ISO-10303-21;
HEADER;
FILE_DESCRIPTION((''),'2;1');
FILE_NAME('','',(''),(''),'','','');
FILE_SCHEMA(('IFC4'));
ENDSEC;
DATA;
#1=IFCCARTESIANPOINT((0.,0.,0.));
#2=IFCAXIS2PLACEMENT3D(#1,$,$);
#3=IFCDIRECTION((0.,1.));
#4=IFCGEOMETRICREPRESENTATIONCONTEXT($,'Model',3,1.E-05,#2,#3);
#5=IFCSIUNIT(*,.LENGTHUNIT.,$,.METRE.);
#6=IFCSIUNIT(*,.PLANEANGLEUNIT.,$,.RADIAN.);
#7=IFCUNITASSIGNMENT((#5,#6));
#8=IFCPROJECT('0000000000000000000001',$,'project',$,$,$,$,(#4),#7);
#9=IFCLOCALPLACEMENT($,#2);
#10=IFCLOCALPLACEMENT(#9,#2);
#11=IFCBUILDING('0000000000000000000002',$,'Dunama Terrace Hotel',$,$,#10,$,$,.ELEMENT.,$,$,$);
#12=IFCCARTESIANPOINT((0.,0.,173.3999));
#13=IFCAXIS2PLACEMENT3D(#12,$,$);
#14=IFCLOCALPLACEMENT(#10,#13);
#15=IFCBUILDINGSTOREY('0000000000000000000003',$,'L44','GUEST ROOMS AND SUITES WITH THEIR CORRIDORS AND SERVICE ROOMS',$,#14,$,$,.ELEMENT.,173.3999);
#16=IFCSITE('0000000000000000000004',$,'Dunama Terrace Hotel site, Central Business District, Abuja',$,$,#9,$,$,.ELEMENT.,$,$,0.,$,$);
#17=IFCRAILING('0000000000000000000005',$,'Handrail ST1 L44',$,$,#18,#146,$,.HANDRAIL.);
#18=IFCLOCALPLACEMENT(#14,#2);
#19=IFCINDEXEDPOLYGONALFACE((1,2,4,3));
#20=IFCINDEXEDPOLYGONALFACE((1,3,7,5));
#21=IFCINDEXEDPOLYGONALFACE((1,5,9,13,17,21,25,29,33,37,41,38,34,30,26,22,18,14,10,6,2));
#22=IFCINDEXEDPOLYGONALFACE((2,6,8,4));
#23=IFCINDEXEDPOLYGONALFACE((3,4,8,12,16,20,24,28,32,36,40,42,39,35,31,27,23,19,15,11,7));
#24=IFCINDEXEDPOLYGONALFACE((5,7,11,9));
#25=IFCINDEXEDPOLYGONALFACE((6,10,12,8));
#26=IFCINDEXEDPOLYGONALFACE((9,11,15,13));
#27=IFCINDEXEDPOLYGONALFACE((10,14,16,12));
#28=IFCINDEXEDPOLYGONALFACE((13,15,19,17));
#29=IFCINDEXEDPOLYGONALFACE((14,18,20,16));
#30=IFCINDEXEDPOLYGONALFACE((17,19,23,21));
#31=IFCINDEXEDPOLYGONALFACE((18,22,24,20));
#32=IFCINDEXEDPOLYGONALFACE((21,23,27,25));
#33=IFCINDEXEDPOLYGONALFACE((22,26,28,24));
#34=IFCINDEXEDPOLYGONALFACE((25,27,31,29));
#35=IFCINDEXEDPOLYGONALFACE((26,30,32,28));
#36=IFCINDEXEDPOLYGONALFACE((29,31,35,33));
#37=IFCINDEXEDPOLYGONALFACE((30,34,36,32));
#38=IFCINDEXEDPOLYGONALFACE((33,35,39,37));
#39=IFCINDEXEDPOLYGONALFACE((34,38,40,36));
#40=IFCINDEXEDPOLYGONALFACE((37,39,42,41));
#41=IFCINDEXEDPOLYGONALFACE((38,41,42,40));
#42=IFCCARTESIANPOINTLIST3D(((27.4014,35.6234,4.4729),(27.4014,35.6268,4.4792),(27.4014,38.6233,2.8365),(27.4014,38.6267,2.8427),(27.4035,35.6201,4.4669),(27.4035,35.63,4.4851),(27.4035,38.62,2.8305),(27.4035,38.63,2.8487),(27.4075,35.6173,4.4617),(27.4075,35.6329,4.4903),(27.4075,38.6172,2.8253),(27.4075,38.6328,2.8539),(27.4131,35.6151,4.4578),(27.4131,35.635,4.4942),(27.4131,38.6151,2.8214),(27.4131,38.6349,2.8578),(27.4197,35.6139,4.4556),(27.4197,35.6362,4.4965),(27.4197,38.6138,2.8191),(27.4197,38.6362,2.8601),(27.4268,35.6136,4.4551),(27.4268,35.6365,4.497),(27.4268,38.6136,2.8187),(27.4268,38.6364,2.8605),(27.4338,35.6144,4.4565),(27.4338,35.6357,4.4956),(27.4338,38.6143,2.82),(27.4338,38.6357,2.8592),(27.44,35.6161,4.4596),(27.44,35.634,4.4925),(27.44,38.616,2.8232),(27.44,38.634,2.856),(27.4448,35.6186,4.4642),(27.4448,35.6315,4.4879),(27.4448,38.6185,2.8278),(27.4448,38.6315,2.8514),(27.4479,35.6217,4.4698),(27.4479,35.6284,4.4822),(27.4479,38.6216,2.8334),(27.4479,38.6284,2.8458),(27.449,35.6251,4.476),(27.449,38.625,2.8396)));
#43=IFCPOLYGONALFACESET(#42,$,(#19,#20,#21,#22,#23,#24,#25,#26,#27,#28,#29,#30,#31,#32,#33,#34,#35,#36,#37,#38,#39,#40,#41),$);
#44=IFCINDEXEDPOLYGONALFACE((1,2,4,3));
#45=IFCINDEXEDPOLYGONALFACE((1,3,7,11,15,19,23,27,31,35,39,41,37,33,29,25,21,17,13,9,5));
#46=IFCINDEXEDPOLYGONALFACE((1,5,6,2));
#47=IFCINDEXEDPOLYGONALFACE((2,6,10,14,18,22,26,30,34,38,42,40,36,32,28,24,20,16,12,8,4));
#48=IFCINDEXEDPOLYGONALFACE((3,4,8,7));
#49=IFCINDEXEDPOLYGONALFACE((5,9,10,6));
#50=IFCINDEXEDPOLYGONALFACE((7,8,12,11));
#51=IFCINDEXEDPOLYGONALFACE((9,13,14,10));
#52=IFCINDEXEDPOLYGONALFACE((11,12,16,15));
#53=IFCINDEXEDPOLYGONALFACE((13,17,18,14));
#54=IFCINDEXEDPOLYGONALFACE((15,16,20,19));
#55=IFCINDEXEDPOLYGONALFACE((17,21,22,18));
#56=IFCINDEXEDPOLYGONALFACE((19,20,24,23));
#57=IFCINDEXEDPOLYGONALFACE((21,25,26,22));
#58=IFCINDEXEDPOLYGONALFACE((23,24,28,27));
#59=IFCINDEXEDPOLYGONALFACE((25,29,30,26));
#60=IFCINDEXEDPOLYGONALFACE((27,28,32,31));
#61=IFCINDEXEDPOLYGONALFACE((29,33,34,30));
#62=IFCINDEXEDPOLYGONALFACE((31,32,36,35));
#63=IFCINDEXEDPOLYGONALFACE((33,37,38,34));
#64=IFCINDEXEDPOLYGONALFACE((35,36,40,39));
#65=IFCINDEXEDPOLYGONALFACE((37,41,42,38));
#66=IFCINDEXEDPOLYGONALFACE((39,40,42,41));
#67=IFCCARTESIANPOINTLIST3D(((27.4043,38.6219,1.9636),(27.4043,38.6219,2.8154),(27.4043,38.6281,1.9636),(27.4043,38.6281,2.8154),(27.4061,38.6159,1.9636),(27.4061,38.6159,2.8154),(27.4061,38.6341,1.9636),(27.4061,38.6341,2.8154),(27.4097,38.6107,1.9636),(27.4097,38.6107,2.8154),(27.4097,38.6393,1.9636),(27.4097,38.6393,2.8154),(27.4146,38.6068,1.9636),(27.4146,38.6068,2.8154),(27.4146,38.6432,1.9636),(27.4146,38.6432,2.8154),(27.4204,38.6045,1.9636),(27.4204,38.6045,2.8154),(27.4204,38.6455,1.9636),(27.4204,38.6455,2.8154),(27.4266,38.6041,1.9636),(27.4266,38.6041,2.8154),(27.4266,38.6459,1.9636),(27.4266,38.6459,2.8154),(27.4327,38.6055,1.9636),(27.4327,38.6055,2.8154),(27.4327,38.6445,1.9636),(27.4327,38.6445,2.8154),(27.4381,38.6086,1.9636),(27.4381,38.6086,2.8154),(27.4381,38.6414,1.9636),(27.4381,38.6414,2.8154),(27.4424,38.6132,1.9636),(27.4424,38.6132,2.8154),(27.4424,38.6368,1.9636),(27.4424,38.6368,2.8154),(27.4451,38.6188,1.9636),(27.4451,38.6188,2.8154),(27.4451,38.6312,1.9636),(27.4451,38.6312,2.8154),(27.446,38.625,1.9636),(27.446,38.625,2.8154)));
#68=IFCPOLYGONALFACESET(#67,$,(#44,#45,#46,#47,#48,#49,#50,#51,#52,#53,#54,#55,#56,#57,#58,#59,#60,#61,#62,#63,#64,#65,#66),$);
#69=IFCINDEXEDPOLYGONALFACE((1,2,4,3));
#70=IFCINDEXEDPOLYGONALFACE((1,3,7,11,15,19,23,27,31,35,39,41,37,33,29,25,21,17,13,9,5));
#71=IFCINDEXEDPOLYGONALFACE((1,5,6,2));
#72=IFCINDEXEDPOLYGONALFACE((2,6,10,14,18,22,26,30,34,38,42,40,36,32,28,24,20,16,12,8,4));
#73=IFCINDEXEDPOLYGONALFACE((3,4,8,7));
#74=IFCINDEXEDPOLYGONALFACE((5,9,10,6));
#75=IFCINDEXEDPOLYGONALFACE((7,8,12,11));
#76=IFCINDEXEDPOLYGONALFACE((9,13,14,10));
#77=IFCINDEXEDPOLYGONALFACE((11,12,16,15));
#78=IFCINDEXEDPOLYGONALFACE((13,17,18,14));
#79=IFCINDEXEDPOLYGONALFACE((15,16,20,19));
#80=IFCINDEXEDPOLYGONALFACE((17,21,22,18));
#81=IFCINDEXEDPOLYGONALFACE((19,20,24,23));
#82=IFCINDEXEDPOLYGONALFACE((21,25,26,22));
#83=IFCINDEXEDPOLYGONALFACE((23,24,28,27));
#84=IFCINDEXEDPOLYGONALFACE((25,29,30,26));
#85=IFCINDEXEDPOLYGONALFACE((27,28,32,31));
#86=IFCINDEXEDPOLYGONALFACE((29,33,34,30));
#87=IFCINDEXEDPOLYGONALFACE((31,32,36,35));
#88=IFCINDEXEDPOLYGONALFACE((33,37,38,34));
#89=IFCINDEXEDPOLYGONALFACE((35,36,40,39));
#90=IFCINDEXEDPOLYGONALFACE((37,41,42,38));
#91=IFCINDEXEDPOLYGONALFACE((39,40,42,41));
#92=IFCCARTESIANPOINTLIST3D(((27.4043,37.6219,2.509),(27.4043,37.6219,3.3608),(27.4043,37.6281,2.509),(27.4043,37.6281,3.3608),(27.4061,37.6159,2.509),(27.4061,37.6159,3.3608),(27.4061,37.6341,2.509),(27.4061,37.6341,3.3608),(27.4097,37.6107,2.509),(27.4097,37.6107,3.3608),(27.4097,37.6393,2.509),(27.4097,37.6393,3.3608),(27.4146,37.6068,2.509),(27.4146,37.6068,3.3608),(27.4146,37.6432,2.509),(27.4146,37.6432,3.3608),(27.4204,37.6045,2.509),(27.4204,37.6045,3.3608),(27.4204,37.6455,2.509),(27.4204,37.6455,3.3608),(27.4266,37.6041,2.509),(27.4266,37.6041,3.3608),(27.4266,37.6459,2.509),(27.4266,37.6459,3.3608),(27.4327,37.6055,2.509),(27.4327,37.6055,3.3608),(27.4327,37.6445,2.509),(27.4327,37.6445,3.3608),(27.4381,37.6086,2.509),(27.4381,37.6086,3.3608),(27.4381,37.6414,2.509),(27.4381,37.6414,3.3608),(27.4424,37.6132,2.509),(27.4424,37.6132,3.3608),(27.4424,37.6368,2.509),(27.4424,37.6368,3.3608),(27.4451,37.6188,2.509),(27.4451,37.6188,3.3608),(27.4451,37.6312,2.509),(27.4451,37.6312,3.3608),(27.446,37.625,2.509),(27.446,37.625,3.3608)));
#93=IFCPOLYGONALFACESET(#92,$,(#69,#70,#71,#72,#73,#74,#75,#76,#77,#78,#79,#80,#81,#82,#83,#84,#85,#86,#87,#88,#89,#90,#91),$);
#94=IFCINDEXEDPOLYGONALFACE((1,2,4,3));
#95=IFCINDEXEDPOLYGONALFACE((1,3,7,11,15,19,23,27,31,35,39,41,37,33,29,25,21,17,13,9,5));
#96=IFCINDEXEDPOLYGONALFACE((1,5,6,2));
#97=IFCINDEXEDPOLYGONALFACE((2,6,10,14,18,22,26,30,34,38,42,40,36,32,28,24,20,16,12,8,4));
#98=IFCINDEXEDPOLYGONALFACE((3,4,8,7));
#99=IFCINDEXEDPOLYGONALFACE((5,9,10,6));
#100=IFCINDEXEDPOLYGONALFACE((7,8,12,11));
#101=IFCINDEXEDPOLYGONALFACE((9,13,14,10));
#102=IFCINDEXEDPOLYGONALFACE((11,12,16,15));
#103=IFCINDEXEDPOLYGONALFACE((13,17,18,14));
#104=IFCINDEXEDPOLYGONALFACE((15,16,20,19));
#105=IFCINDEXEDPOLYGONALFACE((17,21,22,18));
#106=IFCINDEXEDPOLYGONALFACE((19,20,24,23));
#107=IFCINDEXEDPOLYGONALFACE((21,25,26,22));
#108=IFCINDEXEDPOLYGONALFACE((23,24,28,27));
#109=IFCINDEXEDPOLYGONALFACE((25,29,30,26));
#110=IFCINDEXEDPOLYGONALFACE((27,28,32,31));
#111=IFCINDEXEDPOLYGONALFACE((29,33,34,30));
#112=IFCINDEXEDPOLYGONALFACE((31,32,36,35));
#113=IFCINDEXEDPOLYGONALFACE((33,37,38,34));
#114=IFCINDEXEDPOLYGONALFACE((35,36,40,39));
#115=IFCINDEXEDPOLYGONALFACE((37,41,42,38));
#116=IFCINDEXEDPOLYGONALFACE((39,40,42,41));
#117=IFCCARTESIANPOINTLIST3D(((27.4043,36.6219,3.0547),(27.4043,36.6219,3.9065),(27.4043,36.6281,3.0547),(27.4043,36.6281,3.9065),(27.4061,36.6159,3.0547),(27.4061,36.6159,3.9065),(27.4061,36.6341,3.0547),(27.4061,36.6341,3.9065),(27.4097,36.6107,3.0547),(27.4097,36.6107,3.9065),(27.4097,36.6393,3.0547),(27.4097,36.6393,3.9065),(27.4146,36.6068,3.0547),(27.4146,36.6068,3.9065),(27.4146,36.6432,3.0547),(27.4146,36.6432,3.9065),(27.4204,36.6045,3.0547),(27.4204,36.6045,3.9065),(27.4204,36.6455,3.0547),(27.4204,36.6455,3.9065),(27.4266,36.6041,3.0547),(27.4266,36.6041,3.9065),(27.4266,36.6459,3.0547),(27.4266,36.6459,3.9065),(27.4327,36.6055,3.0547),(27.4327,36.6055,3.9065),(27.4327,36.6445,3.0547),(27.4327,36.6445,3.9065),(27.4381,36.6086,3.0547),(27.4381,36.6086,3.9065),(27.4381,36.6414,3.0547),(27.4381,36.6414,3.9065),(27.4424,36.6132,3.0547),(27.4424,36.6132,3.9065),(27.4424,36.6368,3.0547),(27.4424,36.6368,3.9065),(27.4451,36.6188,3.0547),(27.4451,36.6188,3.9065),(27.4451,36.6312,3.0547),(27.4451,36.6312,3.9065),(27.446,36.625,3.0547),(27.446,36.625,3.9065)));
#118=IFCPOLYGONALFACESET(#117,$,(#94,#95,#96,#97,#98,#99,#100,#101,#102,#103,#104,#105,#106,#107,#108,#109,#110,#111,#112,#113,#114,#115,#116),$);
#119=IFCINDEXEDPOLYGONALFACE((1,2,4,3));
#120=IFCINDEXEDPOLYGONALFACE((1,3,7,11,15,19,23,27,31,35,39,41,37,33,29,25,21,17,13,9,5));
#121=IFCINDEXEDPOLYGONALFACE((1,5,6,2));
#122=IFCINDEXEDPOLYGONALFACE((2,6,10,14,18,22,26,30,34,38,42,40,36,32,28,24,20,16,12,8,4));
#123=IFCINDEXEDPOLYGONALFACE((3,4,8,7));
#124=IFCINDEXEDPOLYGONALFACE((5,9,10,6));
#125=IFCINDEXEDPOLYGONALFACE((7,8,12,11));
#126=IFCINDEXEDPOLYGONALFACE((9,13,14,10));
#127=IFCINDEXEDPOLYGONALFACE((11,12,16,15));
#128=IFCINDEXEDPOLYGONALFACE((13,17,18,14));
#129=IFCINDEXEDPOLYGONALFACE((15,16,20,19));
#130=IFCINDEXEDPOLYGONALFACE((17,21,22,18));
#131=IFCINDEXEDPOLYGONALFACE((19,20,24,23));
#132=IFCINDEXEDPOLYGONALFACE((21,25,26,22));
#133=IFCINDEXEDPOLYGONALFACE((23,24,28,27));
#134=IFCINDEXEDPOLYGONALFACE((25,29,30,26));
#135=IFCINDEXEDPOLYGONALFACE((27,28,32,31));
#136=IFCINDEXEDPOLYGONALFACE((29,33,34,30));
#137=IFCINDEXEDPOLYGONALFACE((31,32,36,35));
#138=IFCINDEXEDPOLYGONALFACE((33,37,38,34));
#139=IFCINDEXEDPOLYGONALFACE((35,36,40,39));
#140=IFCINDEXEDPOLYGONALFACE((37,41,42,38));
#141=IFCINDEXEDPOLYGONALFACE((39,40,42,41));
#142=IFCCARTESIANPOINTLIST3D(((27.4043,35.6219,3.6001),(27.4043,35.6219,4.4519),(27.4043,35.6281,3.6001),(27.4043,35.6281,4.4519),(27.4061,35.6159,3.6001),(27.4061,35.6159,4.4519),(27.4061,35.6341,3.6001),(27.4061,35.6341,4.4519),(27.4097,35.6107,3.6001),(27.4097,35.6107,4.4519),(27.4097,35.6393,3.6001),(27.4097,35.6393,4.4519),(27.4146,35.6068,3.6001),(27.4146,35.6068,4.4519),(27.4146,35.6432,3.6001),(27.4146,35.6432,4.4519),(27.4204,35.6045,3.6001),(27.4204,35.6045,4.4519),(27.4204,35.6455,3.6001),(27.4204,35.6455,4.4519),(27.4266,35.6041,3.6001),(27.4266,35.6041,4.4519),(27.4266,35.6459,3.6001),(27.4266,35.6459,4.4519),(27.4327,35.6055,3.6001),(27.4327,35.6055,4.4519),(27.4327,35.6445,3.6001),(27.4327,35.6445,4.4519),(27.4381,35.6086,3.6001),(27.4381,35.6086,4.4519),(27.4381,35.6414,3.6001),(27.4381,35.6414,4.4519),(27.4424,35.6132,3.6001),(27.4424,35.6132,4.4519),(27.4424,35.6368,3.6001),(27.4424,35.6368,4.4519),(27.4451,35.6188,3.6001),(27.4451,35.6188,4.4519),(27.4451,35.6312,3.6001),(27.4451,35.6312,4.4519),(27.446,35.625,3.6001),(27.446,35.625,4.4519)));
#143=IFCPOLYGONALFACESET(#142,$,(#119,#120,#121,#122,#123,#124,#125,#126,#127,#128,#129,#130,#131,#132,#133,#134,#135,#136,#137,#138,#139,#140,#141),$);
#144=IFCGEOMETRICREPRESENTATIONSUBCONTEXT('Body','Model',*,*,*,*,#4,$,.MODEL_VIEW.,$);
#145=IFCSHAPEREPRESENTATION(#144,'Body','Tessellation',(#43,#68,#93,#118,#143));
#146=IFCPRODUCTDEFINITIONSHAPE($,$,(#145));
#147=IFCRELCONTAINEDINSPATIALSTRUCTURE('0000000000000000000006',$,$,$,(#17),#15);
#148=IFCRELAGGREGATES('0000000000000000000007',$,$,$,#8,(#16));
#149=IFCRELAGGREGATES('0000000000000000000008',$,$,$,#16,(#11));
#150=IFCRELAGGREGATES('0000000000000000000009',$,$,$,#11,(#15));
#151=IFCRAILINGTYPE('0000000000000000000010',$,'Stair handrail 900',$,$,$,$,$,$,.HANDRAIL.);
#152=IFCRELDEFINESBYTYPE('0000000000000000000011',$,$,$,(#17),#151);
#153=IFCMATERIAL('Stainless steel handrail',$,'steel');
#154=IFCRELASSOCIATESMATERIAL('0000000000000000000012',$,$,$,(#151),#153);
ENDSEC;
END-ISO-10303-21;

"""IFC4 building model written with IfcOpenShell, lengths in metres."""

from ifc_helpers import new_model, si_unit, direction, frame, origin, origin_2d, place, context, subcontext, project, spatial, circle, extrude, material, type_object, element, save


model = new_model("IFC4")

# Units and contexts
model_context = context("Model", 3, precision=1e-05, world=origin(), true_north=direction((0.0, 1.0)))
body_context = subcontext(model_context, "Body", "Model", "MODEL_VIEW")
ifc_project = project(units=[si_unit("LENGTHUNIT", "METRE"), si_unit("PLANEANGLEUNIT", "RADIAN")], contexts=[model_context])

# Site, building, storey
site_placement = place(None, origin())
site = spatial("IfcSite", under=ifc_project, at=site_placement, Name="Dunama Terrace Hotel site, Central Business District, Abuja", CompositionType="ELEMENT", RefElevation=0.0)
building_placement = place(site_placement, origin())
building = spatial("IfcBuilding", under=site, at=building_placement, Name="Dunama Terrace Hotel", CompositionType="ELEMENT")
storey_placement = place(building_placement, frame((0.0, 0.0, 173.3999)))
storey = spatial("IfcBuildingStorey", under=building, at=storey_placement, Name="L44", Description="GUEST ROOMS AND SUITES WITH THEIR CORRIDORS AND SERVICE ROOMS", CompositionType="ELEMENT", Elevation=173.3999)

# Railing
ifc_material_1 = material(Name="Stainless steel handrail", Category="steel")
railing_type = type_object("IfcRailingType", Name="Stair handrail 900", PredefinedType="HANDRAIL", material=ifc_material_1)
railing_placement = place(storey_placement, frame((27.425, 38.625, 1.9636)))
element("IfcRailing", 1, at=railing_placement, inside=storey, type_object=railing_type, Name="Handrail ST1 L44", PredefinedType="HANDRAIL", context=body_context, shape_type="SweptSolid", body=[
    extrude(circle(Radius=0.0239, at=origin_2d()), frame((0.0, 0.0, 0.876), z_axis=(0.0, -0.877882, 0.478877), x_axis=(1.0, 0.0, 0.0)), (0.0, 0.0, 1.0), 3.4172),
    extrude(circle(Radius=0.021, at=origin_2d()), origin(), (0.0, 0.0, 1.0), 0.8518),
    extrude(circle(Radius=0.021, at=origin_2d()), frame((0.0, -1.0, 0.5454)), (0.0, 0.0, 1.0), 0.8518),
    extrude(circle(Radius=0.021, at=origin_2d()), frame((0.0, -2.0, 1.0911)), (0.0, 0.0, 1.0), 0.8518),
    extrude(circle(Radius=0.021, at=origin_2d()), frame((0.0, -3.0, 1.6365)), (0.0, 0.0, 1.0), 0.8518),
])

save(model, "model.ifc")
